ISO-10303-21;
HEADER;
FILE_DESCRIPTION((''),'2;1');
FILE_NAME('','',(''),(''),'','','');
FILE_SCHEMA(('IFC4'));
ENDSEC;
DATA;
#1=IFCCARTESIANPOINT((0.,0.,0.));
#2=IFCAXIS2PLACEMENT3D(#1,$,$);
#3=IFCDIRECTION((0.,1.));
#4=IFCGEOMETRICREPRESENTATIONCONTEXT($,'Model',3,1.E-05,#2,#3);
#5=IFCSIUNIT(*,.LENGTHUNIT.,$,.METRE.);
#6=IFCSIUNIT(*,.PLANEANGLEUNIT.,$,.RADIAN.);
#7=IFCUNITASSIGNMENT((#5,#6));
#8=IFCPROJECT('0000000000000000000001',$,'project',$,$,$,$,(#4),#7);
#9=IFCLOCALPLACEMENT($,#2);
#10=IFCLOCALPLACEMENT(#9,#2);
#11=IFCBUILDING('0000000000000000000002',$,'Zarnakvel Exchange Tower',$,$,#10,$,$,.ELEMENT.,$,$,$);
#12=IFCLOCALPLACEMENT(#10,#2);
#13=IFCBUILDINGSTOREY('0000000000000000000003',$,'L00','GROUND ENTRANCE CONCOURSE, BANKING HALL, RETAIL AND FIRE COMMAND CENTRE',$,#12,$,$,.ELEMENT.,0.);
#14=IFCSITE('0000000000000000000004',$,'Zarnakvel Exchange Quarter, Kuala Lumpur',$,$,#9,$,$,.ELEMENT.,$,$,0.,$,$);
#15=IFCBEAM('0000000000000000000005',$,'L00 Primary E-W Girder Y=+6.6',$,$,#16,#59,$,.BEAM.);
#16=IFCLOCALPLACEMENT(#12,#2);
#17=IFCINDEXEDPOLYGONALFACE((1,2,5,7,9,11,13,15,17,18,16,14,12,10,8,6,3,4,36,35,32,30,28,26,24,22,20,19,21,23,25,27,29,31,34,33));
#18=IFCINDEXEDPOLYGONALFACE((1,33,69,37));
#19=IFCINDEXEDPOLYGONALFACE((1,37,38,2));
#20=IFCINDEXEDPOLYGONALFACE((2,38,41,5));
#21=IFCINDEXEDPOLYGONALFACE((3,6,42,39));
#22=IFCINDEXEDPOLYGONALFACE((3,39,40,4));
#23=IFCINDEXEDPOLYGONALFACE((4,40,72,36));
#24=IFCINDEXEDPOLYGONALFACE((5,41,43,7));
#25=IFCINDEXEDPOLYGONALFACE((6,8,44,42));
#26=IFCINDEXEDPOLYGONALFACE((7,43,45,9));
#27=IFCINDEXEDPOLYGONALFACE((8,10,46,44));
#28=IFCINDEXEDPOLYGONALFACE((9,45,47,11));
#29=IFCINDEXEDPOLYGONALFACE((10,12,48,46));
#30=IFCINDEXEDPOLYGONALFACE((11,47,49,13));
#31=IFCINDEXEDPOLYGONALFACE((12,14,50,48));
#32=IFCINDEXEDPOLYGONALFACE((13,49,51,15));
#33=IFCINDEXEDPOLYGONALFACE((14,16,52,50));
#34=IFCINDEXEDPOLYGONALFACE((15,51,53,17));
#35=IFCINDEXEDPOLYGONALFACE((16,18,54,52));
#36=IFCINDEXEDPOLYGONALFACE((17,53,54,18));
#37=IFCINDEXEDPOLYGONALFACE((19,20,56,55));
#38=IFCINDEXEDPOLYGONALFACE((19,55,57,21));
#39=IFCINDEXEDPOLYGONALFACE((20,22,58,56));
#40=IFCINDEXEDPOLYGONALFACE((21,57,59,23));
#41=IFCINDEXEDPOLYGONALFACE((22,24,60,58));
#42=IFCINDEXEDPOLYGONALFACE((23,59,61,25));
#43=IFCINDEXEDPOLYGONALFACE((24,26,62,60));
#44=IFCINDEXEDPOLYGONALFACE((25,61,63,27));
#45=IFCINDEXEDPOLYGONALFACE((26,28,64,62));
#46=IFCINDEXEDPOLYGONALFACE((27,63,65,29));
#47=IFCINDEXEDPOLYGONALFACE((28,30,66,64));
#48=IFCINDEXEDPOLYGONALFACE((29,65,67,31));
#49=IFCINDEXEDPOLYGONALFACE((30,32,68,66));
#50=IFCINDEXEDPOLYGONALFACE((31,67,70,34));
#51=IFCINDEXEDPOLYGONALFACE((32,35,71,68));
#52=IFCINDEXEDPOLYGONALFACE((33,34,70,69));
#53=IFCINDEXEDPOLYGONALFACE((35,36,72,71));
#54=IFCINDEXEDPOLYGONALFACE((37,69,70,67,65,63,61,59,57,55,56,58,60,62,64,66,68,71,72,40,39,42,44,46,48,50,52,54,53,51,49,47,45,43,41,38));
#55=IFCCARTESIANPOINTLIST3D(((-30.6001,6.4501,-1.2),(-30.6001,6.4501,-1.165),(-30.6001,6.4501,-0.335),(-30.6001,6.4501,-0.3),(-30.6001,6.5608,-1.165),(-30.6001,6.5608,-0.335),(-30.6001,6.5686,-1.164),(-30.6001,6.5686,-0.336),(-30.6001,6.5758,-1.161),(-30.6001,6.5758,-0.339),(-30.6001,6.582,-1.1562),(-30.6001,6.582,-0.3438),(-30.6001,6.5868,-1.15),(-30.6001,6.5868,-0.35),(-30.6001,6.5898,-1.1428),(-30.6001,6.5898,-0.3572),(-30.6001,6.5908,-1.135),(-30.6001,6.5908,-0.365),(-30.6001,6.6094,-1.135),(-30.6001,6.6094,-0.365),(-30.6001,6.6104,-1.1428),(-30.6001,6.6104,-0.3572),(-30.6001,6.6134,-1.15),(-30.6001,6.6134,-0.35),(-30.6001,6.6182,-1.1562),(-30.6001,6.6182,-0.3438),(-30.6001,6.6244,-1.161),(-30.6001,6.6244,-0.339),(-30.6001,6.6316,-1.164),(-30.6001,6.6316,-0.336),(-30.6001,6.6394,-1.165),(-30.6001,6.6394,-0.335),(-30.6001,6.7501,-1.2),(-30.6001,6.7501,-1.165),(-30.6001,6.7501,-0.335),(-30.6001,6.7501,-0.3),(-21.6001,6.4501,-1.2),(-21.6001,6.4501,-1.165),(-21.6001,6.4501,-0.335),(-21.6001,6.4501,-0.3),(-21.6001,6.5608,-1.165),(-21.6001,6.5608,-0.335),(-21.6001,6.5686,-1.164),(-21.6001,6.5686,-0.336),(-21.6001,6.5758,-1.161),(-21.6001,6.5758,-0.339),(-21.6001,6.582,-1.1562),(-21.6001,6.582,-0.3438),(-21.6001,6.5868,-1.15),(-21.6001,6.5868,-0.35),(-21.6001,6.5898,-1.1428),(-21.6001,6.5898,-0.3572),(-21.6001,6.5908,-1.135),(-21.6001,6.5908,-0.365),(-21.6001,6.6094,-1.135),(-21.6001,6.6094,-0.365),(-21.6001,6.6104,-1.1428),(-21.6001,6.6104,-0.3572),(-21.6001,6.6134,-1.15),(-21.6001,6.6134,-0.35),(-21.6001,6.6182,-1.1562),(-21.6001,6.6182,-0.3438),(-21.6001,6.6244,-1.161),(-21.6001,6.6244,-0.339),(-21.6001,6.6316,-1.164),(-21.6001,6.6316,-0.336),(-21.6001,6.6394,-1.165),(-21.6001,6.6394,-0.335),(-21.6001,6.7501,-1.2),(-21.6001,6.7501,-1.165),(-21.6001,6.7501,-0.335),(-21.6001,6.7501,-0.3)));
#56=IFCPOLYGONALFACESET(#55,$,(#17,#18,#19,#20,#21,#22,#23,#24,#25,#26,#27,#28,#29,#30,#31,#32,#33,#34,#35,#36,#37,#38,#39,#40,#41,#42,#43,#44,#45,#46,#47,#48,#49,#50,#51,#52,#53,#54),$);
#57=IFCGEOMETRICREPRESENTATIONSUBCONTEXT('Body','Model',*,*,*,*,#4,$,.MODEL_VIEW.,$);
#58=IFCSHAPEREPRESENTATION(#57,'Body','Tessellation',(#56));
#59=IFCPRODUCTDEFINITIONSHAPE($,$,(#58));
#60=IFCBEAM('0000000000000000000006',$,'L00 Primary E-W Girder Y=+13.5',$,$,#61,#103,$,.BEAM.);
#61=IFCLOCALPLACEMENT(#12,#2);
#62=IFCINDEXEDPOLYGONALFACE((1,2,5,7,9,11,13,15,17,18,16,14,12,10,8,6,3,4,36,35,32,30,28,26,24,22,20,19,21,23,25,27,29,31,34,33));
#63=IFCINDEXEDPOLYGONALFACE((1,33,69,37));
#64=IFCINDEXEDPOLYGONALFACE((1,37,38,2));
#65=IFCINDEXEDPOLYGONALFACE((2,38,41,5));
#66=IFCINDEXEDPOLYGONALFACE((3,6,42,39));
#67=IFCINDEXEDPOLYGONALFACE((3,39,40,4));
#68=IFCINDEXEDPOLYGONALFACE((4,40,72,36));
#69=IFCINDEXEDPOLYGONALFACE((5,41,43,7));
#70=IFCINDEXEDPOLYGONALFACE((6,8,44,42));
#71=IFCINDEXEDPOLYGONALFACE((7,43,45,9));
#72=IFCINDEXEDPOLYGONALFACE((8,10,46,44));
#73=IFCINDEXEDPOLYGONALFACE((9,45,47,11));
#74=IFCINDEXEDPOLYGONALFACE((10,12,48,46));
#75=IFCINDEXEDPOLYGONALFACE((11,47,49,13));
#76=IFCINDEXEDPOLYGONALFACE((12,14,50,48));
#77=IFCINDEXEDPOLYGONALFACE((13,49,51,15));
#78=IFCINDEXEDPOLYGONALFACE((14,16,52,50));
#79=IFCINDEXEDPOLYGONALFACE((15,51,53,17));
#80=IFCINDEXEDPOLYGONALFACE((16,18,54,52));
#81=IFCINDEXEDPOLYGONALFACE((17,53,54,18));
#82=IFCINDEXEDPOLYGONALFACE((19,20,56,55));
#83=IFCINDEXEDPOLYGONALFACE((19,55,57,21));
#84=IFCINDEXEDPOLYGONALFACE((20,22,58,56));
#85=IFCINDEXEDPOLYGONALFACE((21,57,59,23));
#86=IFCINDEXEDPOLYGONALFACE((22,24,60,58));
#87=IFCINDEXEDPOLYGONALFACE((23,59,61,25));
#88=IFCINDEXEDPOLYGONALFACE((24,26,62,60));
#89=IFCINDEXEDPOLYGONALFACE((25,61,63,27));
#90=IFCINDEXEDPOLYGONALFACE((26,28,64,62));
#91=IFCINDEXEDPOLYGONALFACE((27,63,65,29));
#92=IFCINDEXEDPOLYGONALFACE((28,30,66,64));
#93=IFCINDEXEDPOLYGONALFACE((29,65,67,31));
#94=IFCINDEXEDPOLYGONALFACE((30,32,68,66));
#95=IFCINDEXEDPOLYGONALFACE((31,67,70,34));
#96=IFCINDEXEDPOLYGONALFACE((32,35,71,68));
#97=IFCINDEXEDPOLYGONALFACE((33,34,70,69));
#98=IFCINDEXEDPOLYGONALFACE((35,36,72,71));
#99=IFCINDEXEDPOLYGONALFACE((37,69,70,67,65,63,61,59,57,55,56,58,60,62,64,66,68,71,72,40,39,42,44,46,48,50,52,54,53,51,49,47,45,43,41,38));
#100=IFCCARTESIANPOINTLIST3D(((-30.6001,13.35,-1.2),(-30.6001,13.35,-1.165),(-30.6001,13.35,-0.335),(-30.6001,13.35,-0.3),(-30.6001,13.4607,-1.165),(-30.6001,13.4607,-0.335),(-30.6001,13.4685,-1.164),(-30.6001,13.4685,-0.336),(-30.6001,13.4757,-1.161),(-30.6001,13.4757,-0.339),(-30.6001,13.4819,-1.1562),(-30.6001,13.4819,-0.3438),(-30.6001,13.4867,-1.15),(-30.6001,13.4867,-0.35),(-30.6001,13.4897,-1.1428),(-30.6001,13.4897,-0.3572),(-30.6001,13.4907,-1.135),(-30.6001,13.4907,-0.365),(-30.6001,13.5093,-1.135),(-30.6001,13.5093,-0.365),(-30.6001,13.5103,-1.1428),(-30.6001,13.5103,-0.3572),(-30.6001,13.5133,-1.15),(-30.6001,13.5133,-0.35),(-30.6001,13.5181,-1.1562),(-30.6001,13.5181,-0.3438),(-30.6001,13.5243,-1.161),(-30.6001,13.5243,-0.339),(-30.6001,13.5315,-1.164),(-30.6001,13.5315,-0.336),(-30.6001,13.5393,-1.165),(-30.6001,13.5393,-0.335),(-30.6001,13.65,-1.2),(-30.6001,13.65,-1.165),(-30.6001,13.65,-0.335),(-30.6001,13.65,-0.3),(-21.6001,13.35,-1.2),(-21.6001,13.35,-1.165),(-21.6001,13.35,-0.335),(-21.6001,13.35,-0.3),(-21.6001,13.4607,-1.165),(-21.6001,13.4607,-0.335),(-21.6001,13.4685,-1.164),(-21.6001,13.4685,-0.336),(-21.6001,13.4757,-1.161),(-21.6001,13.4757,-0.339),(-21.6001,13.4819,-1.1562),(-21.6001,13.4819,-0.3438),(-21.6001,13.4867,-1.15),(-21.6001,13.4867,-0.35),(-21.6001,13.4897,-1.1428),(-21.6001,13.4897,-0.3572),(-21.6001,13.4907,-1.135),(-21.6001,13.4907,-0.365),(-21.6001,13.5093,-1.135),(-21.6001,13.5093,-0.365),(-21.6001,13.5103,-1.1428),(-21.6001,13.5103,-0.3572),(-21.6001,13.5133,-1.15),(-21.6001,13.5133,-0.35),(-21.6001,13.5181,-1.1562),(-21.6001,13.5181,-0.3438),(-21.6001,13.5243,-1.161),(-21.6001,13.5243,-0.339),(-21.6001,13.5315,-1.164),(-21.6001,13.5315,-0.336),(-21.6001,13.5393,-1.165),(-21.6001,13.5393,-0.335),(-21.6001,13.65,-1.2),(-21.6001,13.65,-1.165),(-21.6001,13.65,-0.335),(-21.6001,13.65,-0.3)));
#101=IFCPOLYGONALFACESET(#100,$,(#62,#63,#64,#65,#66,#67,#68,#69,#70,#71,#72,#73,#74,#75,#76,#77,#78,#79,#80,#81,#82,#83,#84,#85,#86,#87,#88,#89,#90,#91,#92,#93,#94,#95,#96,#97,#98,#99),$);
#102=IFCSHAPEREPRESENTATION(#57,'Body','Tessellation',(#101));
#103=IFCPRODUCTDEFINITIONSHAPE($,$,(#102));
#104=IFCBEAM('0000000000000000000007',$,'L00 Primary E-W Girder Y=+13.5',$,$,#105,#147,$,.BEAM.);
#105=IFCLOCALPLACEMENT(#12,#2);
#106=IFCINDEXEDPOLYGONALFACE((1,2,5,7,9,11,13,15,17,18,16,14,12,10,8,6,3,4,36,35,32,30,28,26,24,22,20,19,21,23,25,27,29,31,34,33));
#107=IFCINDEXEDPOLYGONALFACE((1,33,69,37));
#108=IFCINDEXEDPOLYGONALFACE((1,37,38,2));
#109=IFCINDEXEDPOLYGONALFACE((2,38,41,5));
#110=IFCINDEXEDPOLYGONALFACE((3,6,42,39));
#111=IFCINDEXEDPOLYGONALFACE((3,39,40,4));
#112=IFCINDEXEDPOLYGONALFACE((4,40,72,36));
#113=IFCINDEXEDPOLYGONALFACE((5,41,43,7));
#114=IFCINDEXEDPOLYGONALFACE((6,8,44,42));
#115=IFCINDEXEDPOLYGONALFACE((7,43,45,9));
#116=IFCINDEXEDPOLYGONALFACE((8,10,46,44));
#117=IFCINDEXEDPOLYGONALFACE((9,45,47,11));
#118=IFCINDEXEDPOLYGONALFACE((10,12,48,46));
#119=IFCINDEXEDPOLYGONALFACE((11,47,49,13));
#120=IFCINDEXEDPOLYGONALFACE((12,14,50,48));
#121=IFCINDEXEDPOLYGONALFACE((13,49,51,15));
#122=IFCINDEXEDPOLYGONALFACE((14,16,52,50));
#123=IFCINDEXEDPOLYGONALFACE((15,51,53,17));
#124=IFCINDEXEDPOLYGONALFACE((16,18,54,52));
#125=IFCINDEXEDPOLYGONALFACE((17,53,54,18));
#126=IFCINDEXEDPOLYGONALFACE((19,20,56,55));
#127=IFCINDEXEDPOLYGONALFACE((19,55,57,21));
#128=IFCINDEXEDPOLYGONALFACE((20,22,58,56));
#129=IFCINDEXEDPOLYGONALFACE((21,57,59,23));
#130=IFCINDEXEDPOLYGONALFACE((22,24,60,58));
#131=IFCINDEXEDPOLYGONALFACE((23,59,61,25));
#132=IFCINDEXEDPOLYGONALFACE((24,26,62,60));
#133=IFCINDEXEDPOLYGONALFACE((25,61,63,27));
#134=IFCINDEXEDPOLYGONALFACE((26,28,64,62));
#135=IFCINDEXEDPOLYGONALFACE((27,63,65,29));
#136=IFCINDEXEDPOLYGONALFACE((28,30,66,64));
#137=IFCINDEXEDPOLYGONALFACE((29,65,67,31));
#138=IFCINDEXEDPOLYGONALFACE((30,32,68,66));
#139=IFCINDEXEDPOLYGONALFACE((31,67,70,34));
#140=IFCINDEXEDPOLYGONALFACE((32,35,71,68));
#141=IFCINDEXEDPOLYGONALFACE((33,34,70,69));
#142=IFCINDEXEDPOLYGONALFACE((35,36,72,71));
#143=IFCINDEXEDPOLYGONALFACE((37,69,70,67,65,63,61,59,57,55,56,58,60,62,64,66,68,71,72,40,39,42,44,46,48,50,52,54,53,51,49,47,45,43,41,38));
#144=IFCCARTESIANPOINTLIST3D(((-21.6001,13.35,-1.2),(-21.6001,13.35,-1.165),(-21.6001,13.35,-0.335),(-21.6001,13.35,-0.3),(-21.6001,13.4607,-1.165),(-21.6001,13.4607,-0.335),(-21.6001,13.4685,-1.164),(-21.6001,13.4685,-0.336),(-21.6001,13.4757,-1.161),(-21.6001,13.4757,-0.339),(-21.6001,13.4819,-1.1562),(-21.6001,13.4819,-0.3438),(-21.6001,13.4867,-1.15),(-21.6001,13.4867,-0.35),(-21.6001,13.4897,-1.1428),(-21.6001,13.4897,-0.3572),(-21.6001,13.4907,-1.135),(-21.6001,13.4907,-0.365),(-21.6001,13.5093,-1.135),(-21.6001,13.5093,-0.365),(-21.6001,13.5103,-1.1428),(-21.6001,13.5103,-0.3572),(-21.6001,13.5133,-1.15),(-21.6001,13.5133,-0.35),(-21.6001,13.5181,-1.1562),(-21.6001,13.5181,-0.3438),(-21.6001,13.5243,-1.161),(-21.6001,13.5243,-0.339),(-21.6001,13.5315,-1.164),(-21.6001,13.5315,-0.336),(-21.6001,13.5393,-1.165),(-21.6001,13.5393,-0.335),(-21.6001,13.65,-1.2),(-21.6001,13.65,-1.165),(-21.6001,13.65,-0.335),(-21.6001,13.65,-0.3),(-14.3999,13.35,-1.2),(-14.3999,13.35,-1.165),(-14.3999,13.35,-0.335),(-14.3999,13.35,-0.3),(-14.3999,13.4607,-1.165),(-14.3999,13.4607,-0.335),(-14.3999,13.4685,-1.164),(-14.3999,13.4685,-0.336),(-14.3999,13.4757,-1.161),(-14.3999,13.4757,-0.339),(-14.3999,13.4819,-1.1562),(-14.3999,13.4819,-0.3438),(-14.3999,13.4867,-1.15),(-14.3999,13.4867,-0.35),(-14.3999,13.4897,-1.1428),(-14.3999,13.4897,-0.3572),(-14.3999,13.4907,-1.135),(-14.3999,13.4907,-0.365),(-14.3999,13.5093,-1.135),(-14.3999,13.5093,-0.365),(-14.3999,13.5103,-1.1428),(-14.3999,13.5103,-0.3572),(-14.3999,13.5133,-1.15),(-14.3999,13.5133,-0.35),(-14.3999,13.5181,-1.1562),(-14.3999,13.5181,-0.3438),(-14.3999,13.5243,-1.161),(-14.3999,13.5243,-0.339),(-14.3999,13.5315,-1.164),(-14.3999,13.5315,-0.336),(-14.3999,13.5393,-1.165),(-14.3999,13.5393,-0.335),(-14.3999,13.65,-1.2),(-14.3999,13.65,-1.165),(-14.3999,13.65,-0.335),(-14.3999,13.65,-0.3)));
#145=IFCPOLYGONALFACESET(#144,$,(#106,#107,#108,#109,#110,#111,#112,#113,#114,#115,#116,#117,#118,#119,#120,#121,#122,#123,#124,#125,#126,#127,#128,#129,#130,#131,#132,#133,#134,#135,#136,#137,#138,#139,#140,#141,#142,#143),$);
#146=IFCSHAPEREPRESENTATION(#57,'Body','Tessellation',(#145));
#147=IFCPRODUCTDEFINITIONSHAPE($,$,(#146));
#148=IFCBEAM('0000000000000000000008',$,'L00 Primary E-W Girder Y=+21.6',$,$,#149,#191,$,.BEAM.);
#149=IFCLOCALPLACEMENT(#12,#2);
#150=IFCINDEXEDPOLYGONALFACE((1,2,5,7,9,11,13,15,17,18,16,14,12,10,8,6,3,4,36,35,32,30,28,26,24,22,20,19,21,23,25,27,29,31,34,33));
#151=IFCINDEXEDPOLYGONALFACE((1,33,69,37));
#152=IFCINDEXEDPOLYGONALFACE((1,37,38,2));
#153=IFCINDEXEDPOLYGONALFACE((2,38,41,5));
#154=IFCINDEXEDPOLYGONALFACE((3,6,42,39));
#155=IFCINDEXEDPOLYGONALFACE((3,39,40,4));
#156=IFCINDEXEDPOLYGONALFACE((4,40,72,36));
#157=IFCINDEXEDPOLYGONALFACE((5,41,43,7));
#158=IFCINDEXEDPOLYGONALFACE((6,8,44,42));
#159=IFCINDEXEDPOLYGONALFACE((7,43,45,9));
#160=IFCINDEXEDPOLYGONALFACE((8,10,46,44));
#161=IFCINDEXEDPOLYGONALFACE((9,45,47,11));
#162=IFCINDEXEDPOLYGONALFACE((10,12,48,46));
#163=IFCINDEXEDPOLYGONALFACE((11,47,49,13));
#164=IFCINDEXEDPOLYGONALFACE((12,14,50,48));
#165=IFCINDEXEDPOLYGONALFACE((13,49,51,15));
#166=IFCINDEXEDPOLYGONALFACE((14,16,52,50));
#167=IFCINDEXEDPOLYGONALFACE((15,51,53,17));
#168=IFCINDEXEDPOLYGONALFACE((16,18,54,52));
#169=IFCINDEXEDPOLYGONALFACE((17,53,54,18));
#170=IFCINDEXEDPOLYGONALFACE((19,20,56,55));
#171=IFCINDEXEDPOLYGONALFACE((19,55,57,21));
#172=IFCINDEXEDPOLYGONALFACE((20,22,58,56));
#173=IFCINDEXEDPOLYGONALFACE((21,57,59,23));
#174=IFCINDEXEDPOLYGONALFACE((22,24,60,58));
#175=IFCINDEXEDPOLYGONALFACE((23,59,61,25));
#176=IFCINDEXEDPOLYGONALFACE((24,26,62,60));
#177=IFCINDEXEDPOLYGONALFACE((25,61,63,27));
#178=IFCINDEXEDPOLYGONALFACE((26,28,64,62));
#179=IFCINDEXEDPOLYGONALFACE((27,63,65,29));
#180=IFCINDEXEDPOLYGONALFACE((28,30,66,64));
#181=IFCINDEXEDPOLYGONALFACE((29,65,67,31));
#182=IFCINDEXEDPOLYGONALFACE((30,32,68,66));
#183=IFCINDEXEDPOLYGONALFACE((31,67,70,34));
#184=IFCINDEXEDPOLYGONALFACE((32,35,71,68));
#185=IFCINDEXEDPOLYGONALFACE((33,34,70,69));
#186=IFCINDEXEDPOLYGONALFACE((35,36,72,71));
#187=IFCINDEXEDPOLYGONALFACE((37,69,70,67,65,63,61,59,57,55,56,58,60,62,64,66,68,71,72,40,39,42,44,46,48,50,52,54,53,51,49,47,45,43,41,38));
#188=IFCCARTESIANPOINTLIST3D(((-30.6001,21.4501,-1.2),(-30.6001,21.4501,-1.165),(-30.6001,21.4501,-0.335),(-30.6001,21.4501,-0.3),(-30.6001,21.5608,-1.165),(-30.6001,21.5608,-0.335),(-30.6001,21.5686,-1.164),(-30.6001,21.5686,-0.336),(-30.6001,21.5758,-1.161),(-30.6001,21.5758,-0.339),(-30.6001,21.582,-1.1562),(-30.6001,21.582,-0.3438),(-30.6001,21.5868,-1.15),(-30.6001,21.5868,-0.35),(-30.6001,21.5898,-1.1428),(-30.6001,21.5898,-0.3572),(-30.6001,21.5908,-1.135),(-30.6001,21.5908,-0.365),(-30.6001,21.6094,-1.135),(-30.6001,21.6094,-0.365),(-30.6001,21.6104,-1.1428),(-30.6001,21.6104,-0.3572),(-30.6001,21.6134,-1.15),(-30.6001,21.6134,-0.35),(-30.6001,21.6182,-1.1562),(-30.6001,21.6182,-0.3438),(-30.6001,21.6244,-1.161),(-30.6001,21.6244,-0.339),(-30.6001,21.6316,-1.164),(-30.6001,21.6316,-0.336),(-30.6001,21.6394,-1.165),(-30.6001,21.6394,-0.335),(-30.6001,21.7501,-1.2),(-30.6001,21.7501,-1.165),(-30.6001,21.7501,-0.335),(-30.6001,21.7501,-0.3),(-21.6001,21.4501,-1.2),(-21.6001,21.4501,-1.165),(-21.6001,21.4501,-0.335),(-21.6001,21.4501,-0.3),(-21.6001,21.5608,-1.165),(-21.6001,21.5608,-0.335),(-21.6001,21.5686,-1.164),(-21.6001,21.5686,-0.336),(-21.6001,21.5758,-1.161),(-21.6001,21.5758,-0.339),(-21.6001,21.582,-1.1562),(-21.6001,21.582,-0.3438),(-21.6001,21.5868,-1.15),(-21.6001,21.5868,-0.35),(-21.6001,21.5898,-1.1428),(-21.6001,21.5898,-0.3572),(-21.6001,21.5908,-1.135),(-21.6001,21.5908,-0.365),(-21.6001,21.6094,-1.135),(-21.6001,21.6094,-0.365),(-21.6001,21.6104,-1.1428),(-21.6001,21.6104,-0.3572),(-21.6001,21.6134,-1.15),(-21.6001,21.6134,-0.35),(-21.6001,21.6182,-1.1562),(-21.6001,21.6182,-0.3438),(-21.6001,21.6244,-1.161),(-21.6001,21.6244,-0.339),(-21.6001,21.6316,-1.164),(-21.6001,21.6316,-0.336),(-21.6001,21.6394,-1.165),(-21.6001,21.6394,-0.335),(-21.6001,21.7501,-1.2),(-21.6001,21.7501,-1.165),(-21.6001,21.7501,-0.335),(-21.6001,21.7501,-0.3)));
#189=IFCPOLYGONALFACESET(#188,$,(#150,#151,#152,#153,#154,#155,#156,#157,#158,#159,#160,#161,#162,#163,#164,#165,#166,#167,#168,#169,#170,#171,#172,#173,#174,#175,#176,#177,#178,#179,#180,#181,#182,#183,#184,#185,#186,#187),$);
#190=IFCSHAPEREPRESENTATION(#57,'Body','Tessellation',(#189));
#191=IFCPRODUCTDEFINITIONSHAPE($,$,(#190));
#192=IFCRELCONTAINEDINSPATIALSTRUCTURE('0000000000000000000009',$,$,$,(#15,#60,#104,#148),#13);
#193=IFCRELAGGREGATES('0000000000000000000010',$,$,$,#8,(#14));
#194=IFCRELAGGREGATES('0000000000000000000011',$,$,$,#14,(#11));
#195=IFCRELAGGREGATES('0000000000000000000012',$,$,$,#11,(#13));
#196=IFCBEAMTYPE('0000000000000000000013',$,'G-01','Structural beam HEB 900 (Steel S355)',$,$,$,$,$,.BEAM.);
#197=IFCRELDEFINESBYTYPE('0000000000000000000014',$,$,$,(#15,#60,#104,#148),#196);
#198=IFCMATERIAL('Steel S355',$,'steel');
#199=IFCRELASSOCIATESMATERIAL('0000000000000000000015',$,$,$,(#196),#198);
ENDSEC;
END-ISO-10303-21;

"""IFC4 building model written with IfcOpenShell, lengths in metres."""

from ifc_helpers import new_model, si_unit, direction, frame, origin, origin_2d, place, context, subcontext, project, spatial, i_section, extrude, material, material_profile, profile_set, type_object, element, save


model = new_model("IFC4")

# Units and contexts
model_context = context("Model", 3, precision=1e-05, world=origin(), true_north=direction((0.0, 1.0)))
body_context = subcontext(model_context, "Body", "Model", "MODEL_VIEW")
ifc_project = project(units=[si_unit("LENGTHUNIT", "METRE"), si_unit("PLANEANGLEUNIT", "RADIAN")], contexts=[model_context])

# Site, building, storey
site_placement = place(None, origin())
site = spatial("IfcSite", under=ifc_project, at=site_placement, Name="Zarnakvel Exchange Quarter, Kuala Lumpur", CompositionType="ELEMENT", RefElevation=0.0)
building_placement = place(site_placement, origin())
building = spatial("IfcBuilding", under=site, at=building_placement, Name="Zarnakvel Exchange Tower", CompositionType="ELEMENT")
storey_placement = place(building_placement, origin())
storey = spatial("IfcBuildingStorey", under=building, at=storey_placement, Name="L00", Description="GROUND ENTRANCE CONCOURSE, BANKING HALL, RETAIL AND FIRE COMMAND CENTRE", CompositionType="ELEMENT", Elevation=0.0)

# Beams
ifc_material_1 = material(Name="Steel S355", Category="steel")
ifc_material_profile_1 = material_profile(ifc_material_1, i_section(OverallWidth=0.3, OverallDepth=0.8999, WebThickness=0.0186, FlangeThickness=0.0349, FilletRadius=0.03, at=origin_2d()))
ifc_profile_set_1 = profile_set([ifc_material_profile_1], Name="Steel S355")
beam_type_1 = type_object("IfcBeamType", Name="G-01", Description="Structural beam HEB 900 (Steel S355)", PredefinedType="BEAM", material=ifc_profile_set_1)
for number, where, z_axis, x_axis, name in (
    (1, (-30.6001, 6.6001, -0.75), (1.0, 0.0, 0.0), (0.0, 1.0, 0.0), "L00 Primary E-W Girder Y=+6.6"),
    (2, (-30.6001, 13.5, -0.75), (1.0, 0.0, 0.0), (0.0, 1.0, 0.0), "L00 Primary E-W Girder Y=+13.5"),
):
    element("IfcBeam", number, at=place(storey_placement, frame(where, z_axis=z_axis, x_axis=x_axis)), inside=storey, type_object=beam_type_1, Name=name, PredefinedType="BEAM", context=body_context, shape_type="SweptSolid", body=[
        extrude(i_section(OverallWidth=0.3, OverallDepth=0.8999, WebThickness=0.0186, FlangeThickness=0.0349, FilletRadius=0.03, at=origin_2d()), origin(), (0.0, 0.0, 1.0), 9.0),
    ])
beam_1_placement = place(storey_placement, frame((-21.6001, 13.5, -0.75), z_axis=(1.0, 0.0, 0.0), x_axis=(0.0, 1.0, 0.0)))
element("IfcBeam", 3, at=beam_1_placement, inside=storey, type_object=beam_type_1, Name="L00 Primary E-W Girder Y=+13.5", PredefinedType="BEAM", context=body_context, shape_type="SweptSolid", body=[
    extrude(i_section(OverallWidth=0.3, OverallDepth=0.8999, WebThickness=0.0186, FlangeThickness=0.0349, FilletRadius=0.03, at=origin_2d()), origin(), (0.0, 0.0, 1.0), 7.2002),
])
beam_2_placement = place(storey_placement, frame((-30.6001, 21.6001, -0.75), z_axis=(1.0, 0.0, 0.0), x_axis=(0.0, 1.0, 0.0)))
element("IfcBeam", 4, at=beam_2_placement, inside=storey, type_object=beam_type_1, Name="L00 Primary E-W Girder Y=+21.6", PredefinedType="BEAM", context=body_context, shape_type="SweptSolid", body=[
    extrude(i_section(OverallWidth=0.3, OverallDepth=0.8999, WebThickness=0.0186, FlangeThickness=0.0349, FilletRadius=0.03, at=origin_2d()), origin(), (0.0, 0.0, 1.0), 9.0),
])

save(model, "model.ifc")
